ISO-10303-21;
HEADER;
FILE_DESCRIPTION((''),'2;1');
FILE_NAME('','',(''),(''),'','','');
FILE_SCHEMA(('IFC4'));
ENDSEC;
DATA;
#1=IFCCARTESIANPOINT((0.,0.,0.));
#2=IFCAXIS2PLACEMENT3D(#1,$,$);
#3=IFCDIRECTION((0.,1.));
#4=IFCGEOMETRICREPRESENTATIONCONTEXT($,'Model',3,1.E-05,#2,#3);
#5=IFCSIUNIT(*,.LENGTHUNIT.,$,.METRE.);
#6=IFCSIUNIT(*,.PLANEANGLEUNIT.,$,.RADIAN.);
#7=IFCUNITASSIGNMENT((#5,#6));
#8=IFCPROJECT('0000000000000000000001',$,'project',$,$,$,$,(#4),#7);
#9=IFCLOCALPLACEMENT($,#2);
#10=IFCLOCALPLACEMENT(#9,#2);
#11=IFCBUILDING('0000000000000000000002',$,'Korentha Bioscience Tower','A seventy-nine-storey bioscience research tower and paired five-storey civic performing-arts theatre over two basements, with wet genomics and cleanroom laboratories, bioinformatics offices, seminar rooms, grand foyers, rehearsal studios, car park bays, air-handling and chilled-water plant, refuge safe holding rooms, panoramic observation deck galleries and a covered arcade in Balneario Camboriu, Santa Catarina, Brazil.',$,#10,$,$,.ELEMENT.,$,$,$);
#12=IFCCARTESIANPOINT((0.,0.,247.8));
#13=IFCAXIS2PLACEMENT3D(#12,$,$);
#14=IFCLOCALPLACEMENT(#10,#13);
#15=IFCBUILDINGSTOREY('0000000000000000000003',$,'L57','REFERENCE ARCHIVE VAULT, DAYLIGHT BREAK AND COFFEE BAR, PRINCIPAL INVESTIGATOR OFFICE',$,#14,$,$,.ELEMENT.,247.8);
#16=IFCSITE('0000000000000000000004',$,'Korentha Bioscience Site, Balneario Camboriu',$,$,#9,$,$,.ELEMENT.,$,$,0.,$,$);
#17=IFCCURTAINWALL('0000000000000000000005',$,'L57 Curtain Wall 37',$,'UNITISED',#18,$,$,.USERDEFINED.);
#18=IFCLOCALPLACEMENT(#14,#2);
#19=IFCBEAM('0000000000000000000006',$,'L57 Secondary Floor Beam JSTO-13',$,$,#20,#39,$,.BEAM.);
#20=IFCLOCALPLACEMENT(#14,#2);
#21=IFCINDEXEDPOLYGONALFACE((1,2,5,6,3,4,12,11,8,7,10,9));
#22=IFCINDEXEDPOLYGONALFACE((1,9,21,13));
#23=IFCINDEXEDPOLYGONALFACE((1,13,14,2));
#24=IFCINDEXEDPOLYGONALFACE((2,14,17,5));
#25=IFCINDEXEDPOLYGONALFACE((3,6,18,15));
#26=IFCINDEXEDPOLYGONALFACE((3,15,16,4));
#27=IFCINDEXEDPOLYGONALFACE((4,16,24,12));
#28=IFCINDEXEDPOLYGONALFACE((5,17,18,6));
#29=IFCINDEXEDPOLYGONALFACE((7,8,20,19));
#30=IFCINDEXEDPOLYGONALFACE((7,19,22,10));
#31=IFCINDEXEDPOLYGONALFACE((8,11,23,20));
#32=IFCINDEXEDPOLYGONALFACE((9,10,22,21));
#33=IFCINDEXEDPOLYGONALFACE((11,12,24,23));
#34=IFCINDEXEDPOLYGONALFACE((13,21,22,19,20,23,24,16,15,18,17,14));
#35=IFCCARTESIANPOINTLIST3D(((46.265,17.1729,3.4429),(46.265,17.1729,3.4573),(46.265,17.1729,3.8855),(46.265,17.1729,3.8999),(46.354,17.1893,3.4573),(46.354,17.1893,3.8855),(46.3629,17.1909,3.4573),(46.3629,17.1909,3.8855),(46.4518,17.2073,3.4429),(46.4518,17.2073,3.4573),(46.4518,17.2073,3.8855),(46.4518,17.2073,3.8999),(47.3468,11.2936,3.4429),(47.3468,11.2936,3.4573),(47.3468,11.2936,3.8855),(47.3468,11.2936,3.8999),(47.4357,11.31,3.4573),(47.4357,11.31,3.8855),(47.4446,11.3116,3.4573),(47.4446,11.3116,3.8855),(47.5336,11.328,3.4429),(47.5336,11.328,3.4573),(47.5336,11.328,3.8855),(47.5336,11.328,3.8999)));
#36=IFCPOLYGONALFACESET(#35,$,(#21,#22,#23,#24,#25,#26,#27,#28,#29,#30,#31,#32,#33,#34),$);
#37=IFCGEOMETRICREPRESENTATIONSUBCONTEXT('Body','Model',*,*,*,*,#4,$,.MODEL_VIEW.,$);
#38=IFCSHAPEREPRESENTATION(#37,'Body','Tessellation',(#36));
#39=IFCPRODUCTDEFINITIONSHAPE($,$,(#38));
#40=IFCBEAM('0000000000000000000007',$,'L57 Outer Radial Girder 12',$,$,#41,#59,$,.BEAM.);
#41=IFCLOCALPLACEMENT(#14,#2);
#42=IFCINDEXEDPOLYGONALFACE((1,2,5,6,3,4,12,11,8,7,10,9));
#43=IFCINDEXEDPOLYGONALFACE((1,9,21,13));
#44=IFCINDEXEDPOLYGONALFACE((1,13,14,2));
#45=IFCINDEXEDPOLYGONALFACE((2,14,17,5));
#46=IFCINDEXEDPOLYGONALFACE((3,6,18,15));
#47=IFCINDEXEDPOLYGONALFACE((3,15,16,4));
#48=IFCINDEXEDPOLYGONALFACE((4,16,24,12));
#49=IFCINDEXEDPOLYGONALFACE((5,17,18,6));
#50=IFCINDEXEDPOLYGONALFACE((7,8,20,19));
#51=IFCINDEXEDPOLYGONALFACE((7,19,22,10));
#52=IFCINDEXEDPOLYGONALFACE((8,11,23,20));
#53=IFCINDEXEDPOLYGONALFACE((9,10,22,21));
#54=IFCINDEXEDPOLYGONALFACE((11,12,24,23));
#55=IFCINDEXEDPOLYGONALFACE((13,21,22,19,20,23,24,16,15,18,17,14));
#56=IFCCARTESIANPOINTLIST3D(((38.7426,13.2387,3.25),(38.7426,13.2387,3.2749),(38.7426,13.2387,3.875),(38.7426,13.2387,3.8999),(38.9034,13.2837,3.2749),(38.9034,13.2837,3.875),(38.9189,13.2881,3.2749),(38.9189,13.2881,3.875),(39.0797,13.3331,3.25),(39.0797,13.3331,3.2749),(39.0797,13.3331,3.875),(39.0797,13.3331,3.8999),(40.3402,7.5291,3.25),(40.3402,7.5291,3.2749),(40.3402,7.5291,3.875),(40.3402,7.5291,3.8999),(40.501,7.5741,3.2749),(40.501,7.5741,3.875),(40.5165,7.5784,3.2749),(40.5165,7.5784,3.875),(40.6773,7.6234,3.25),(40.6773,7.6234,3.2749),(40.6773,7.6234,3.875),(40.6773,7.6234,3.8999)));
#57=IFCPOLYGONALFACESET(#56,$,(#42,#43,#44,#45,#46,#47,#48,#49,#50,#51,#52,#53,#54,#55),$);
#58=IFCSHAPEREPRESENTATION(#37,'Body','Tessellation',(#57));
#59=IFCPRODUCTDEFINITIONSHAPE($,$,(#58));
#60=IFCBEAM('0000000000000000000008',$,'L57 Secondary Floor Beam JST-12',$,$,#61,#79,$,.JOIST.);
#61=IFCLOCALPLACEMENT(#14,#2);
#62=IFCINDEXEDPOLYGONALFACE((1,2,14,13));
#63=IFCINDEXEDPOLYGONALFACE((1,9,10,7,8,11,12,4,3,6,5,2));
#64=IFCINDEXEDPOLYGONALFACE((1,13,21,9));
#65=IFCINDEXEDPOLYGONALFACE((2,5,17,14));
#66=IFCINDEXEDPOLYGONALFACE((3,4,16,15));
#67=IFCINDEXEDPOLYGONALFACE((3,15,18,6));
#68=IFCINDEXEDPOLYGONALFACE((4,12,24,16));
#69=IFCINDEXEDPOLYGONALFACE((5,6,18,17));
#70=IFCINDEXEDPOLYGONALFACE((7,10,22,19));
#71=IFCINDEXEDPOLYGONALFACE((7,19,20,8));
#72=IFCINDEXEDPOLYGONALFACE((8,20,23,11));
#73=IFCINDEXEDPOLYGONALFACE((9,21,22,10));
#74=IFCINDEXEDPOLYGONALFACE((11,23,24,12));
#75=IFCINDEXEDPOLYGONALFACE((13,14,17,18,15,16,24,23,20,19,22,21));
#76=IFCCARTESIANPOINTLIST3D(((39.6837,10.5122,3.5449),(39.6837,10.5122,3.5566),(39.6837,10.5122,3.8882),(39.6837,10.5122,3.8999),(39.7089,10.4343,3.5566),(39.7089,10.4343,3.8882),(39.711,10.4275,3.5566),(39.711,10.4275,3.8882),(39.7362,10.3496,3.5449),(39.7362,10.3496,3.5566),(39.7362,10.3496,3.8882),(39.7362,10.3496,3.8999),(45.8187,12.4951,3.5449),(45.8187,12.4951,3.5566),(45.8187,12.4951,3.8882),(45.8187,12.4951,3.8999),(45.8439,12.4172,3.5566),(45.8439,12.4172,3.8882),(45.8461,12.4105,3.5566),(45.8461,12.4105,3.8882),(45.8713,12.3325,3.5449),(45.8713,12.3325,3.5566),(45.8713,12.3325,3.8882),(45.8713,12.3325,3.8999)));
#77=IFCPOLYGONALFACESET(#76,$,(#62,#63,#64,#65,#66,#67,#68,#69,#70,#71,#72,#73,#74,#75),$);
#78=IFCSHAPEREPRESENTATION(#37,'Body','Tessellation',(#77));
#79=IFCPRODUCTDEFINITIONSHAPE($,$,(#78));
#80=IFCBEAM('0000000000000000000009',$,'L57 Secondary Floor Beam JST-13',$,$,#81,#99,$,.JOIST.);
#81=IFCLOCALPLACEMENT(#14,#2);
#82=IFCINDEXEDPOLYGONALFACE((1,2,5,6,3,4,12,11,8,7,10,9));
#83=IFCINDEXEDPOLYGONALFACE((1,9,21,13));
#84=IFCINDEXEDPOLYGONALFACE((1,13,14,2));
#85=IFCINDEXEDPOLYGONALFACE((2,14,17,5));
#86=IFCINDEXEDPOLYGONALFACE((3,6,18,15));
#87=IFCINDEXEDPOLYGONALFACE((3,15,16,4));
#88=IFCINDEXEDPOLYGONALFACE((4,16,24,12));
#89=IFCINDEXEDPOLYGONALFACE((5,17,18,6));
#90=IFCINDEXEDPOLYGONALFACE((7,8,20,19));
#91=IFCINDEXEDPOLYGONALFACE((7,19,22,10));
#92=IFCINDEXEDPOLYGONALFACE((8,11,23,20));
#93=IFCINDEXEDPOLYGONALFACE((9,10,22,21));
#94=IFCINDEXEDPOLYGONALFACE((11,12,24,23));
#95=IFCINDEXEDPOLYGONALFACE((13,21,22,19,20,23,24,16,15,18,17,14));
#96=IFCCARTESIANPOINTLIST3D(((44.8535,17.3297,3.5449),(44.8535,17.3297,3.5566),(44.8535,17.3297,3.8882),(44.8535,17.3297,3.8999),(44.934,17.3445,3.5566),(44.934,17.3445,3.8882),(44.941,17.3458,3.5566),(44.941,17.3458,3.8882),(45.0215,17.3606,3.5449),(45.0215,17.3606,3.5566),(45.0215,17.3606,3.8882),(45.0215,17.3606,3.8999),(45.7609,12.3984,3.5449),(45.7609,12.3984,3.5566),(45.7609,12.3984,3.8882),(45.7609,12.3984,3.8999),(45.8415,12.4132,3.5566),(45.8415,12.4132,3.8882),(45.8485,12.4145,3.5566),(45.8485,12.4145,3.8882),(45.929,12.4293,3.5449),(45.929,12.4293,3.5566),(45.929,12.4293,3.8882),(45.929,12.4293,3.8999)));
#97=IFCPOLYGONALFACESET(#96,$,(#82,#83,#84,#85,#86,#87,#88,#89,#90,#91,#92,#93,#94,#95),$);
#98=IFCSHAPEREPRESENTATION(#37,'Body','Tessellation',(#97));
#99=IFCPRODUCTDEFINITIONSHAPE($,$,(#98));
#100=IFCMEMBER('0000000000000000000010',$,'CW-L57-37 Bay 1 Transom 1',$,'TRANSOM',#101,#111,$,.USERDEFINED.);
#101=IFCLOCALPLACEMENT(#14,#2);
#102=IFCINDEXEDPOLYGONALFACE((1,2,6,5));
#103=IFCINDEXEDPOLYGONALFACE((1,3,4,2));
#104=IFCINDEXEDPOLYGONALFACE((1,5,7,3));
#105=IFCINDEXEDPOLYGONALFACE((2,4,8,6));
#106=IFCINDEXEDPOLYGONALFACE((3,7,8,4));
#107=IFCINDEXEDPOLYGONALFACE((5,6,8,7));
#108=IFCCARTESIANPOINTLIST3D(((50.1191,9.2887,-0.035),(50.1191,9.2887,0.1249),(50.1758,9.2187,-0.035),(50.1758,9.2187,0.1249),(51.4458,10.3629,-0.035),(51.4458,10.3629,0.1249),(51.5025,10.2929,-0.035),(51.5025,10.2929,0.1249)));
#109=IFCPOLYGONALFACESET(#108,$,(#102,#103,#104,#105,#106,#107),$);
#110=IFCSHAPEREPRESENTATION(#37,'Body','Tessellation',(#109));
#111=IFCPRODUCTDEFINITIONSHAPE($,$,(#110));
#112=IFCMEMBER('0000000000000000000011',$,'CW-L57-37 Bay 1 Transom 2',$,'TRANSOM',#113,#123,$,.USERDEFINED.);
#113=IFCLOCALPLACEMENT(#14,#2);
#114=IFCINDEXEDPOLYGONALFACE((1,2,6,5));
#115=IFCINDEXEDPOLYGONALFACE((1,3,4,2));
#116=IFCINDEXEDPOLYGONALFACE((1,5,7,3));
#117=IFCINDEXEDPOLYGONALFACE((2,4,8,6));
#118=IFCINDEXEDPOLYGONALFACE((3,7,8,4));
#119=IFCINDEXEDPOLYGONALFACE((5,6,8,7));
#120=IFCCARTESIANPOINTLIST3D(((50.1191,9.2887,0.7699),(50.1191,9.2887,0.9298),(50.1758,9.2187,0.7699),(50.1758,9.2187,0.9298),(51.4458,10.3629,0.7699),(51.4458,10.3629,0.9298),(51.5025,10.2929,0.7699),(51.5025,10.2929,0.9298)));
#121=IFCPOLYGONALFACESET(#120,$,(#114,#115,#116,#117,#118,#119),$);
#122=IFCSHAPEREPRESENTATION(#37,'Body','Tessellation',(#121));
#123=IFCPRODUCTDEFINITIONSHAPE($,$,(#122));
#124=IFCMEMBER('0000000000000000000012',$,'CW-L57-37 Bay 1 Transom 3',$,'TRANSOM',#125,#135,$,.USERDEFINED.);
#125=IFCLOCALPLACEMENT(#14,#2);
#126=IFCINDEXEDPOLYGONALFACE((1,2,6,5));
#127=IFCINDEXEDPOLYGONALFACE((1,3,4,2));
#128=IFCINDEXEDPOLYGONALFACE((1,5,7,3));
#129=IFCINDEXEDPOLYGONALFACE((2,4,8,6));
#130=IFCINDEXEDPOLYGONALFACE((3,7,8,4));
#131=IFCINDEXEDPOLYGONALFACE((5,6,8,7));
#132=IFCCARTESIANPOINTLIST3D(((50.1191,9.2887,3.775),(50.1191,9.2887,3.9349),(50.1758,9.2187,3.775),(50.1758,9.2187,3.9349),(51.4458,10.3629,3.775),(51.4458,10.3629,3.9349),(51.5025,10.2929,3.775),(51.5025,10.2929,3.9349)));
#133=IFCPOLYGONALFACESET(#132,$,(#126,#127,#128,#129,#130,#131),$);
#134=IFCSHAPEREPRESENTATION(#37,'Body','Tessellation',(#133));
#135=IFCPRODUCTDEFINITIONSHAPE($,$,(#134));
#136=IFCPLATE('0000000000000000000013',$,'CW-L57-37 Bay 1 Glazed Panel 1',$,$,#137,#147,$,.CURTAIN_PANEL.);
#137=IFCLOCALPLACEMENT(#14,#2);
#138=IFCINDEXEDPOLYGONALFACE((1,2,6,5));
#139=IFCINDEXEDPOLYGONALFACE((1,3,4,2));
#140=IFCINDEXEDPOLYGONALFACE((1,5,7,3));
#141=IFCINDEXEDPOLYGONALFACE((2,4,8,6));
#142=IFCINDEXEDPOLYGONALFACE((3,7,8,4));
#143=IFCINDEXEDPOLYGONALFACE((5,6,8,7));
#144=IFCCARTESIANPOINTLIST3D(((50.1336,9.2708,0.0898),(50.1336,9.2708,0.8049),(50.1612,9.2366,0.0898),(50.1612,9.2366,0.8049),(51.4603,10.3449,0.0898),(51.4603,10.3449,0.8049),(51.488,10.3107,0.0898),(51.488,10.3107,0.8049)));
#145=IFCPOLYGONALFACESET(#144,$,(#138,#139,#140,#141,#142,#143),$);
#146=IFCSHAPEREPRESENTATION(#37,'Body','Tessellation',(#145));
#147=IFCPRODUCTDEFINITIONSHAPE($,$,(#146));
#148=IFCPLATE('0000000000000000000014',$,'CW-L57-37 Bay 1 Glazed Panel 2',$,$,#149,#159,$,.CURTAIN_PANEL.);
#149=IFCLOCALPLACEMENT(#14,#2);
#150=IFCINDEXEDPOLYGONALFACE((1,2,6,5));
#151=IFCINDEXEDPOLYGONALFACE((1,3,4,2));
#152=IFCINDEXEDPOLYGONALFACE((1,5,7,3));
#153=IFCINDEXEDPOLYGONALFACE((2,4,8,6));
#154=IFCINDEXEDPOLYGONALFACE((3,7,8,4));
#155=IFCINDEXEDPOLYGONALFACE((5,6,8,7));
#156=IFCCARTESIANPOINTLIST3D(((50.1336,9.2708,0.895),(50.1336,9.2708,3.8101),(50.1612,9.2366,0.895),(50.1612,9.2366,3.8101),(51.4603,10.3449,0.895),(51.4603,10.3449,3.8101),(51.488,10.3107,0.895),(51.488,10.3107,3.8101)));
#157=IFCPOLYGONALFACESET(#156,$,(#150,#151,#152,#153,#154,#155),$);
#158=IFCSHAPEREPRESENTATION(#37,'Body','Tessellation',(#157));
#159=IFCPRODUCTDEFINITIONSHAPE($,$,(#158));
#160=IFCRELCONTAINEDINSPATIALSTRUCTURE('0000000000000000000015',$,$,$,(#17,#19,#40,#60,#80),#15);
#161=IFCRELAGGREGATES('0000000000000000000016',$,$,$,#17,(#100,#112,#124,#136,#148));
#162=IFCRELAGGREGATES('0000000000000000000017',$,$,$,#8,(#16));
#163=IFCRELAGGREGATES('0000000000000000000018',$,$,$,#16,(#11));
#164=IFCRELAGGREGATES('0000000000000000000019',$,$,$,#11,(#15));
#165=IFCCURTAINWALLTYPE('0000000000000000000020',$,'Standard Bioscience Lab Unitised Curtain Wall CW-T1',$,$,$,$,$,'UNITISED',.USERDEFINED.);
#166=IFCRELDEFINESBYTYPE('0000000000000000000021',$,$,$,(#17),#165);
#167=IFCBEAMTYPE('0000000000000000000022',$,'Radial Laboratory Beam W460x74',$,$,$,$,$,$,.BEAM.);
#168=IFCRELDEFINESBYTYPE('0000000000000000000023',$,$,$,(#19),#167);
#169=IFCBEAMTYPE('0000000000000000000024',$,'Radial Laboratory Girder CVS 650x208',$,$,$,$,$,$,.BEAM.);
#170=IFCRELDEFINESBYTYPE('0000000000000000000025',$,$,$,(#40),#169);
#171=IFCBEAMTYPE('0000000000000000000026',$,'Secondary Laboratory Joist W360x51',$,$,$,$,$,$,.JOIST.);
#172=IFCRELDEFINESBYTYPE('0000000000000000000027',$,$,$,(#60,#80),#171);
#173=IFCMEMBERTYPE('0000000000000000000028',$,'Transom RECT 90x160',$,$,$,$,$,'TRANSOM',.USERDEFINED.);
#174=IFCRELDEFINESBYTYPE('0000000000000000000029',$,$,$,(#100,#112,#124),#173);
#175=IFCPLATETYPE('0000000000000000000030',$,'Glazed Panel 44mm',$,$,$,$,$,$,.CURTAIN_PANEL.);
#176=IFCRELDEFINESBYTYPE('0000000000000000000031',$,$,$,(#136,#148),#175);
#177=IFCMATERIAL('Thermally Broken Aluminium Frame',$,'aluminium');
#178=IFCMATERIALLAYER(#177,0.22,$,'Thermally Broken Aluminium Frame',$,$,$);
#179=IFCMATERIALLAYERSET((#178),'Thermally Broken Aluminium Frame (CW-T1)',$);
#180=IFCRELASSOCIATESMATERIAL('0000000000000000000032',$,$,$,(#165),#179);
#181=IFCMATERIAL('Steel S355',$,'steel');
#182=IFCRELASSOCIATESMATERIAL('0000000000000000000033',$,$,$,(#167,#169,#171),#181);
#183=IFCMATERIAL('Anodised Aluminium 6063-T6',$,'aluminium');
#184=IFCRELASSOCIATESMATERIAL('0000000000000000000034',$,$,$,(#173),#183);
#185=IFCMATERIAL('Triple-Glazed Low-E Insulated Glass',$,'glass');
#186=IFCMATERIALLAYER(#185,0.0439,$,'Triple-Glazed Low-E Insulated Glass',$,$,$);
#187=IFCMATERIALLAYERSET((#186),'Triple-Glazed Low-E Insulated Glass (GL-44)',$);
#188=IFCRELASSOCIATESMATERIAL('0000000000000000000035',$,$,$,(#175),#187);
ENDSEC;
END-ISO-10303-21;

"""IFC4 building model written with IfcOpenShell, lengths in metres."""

from ifc_helpers import new_model, si_unit, direction, frame, origin, origin_2d, place, context, subcontext, project, spatial, rectangle, i_section, extrude, material, layer, layer_set, material_profile, profile_set, type_object, element, aggregate, save


model = new_model("IFC4")

# Units and contexts
model_context = context("Model", 3, precision=1e-05, world=origin(), true_north=direction((0.0, 1.0)))
body_context = subcontext(model_context, "Body", "Model", "MODEL_VIEW")
ifc_project = project(units=[si_unit("LENGTHUNIT", "METRE"), si_unit("PLANEANGLEUNIT", "RADIAN")], contexts=[model_context])

# Site, building, storey
site_placement = place(None, origin())
site = spatial("IfcSite", under=ifc_project, at=site_placement, Name="Korentha Bioscience Site, Balneario Camboriu", CompositionType="ELEMENT", RefElevation=0.0)
building_placement = place(site_placement, origin())
building = spatial("IfcBuilding", under=site, at=building_placement, Name="Korentha Bioscience Tower", Description="A seventy-nine-storey bioscience research tower and paired five-storey civic performing-arts theatre over two basements, with wet genomics and cleanroom laboratories, bioinformatics offices, seminar rooms, grand foyers, rehearsal studios, car park bays, air-handling and chilled-water plant, refuge safe holding rooms, panoramic observation deck galleries and a covered arcade in Balneario Camboriu, Santa Catarina, Brazil.", CompositionType="ELEMENT")
storey_placement = place(building_placement, frame((0.0, 0.0, 247.8)))
storey = spatial("IfcBuildingStorey", under=building, at=storey_placement, Name="L57", Description="REFERENCE ARCHIVE VAULT, DAYLIGHT BREAK AND COFFEE BAR, PRINCIPAL INVESTIGATOR OFFICE", CompositionType="ELEMENT", Elevation=247.8)

# Shared definitions
ifc_material_1 = material(Name="Steel S355", Category="steel")

# Curtain wall
ifc_material_2 = material(Name="Thermally Broken Aluminium Frame", Category="aluminium")
ifc_layer_1 = layer(ifc_material_2, 0.22, Name="Thermally Broken Aluminium Frame")
ifc_layer_set_1 = layer_set([ifc_layer_1], Name="Thermally Broken Aluminium Frame (CW-T1)")
curtain_wall_type = type_object("IfcCurtainWallType", Name="Standard Bioscience Lab Unitised Curtain Wall CW-T1", ElementType="UNITISED", PredefinedType="USERDEFINED", material=ifc_layer_set_1)
curtain_wall_placement = place(storey_placement, origin())
curtain_wall = element("IfcCurtainWall", 1, at=curtain_wall_placement, inside=storey, type_object=curtain_wall_type, Name="L57 Curtain Wall 37", ObjectType="UNITISED", PredefinedType="USERDEFINED")
ifc_material_3 = material(Name="Anodised Aluminium 6063-T6", Category="aluminium")

# Beams
ifc_material_profile_1 = material_profile(ifc_material_1, i_section(OverallWidth=0.1899, OverallDepth=0.457, WebThickness=0.009, FlangeThickness=0.0144, at=origin_2d()), Name="Steel S355")
ifc_profile_set_1 = profile_set([ifc_material_profile_1], Name="Steel S355 (RB-460)")
beam_type_1 = type_object("IfcBeamType", Name="Radial Laboratory Beam W460x74", PredefinedType="BEAM", material=ifc_profile_set_1)
beam_1_placement = place(storey_placement, frame((47.4402, 11.3108, 3.6714), z_axis=(-0.180959, 0.983491, 0.0), x_axis=(-0.983491, -0.180959, 0.0)))
element("IfcBeam", 2, at=beam_1_placement, inside=storey, type_object=beam_type_1, Name="L57 Secondary Floor Beam JSTO-13", PredefinedType="BEAM", context=body_context, shape_type="SweptSolid", body=[
    extrude(i_section(OverallWidth=0.1899, OverallDepth=0.457, WebThickness=0.009, FlangeThickness=0.0144, at=origin_2d()), origin(), (0.0, 0.0, 1.0), 5.978),
])
ifc_material_profile_2 = material_profile(ifc_material_1, i_section(OverallWidth=0.3501, OverallDepth=0.6499, WebThickness=0.0161, FlangeThickness=0.0249, at=origin_2d()), Name="Steel S355")
ifc_profile_set_2 = profile_set([ifc_material_profile_2], Name="Steel S355 (RB-650)")
beam_type_2 = type_object("IfcBeamType", Name="Radial Laboratory Girder CVS 650x208", PredefinedType="BEAM", material=ifc_profile_set_2)
beam_2_placement = place(storey_placement, frame((38.9111, 13.2859, 3.575), z_axis=(0.269463, -0.963011, 0.0), x_axis=(0.963011, 0.269463, 0.0)))
element("IfcBeam", 3, at=beam_2_placement, inside=storey, type_object=beam_type_2, Name="L57 Outer Radial Girder 12", PredefinedType="BEAM", context=body_context, shape_type="SweptSolid", body=[
    extrude(i_section(OverallWidth=0.3501, OverallDepth=0.6499, WebThickness=0.0161, FlangeThickness=0.0249, at=origin_2d()), origin(), (0.0, 0.0, 1.0), 5.929),
])
ifc_material_profile_3 = material_profile(ifc_material_1, i_section(OverallWidth=0.1709, OverallDepth=0.355, WebThickness=0.0071, FlangeThickness=0.0117, at=origin_2d()), Name="Steel S355")
ifc_profile_set_3 = profile_set([ifc_material_profile_3], Name="Steel S355 (JB-360)")
beam_type_3 = type_object("IfcBeamType", Name="Secondary Laboratory Joist W360x51", PredefinedType="JOIST", material=ifc_profile_set_3)
beam_3_placement = place(storey_placement, frame((39.71, 10.4309, 3.7224), z_axis=(0.951533, 0.307547, 0.0), x_axis=(-0.307547, 0.951533, 0.0)))
element("IfcBeam", 4, at=beam_3_placement, inside=storey, type_object=beam_type_3, Name="L57 Secondary Floor Beam JST-12", PredefinedType="JOIST", context=body_context, shape_type="SweptSolid", body=[
    extrude(i_section(OverallWidth=0.1709, OverallDepth=0.355, WebThickness=0.0071, FlangeThickness=0.0117, at=origin_2d()), origin(), (0.0, 0.0, 1.0), 6.4475),
])
beam_4_placement = place(storey_placement, frame((45.845, 12.4138, 3.7224), z_axis=(-0.18098, 0.983487, 0.0), x_axis=(-0.983487, -0.18098, 0.0)))
element("IfcBeam", 5, at=beam_4_placement, inside=storey, type_object=beam_type_3, Name="L57 Secondary Floor Beam JST-13", PredefinedType="JOIST", context=body_context, shape_type="SweptSolid", body=[
    extrude(i_section(OverallWidth=0.1709, OverallDepth=0.355, WebThickness=0.0071, FlangeThickness=0.0117, at=origin_2d()), origin(), (0.0, 0.0, 1.0), 5.0142),
])

# Members
ifc_material_profile_4 = material_profile(ifc_material_3, rectangle(XDim=0.0901, YDim=0.1599, at=origin_2d()), Name="Anodised Aluminium 6063-T6")
ifc_profile_set_4 = profile_set([ifc_material_profile_4], Name="Anodised Aluminium 6063-T6 (CW-TRN)")
member_type_1 = type_object("IfcMemberType", Name="Transom RECT 90x160", ElementType="TRANSOM", PredefinedType="USERDEFINED", material=ifc_profile_set_4)
member_1_placement = place(storey_placement, frame((50.1475, 9.2537, 0.0449), z_axis=(0.777172, 0.629289, 0.0), x_axis=(-0.629289, 0.777172, 0.0)))
member_1 = element("IfcMember", 6, at=member_1_placement, type_object=member_type_1, Name="CW-L57-37 Bay 1 Transom 1", ObjectType="TRANSOM", PredefinedType="USERDEFINED", context=body_context, shape_type="SweptSolid", body=[
    extrude(rectangle(XDim=0.0901, YDim=0.1599, at=origin_2d()), origin(), (0.0, 0.0, 1.0), 1.707),
])
member_2_placement = place(storey_placement, frame((50.1475, 9.2537, 0.8499), z_axis=(0.777172, 0.629289, 0.0), x_axis=(-0.629289, 0.777172, 0.0)))
member_2 = element("IfcMember", 7, at=member_2_placement, type_object=member_type_1, Name="CW-L57-37 Bay 1 Transom 2", ObjectType="TRANSOM", PredefinedType="USERDEFINED", context=body_context, shape_type="SweptSolid", body=[
    extrude(rectangle(XDim=0.0901, YDim=0.1599, at=origin_2d()), origin(), (0.0, 0.0, 1.0), 1.707),
])
member_3_placement = place(storey_placement, frame((50.1475, 9.2537, 3.855), z_axis=(0.777172, 0.629289, 0.0), x_axis=(-0.629289, 0.777172, 0.0)))
member_3 = element("IfcMember", 8, at=member_3_placement, type_object=member_type_1, Name="CW-L57-37 Bay 1 Transom 3", ObjectType="TRANSOM", PredefinedType="USERDEFINED", context=body_context, shape_type="SweptSolid", body=[
    extrude(rectangle(XDim=0.0901, YDim=0.1599, at=origin_2d()), origin(), (0.0, 0.0, 1.0), 1.707),
])

# Plates
ifc_material_4 = material(Name="Triple-Glazed Low-E Insulated Glass", Category="glass")
ifc_layer_2 = layer(ifc_material_4, 0.0439, Name="Triple-Glazed Low-E Insulated Glass")
ifc_layer_set_2 = layer_set([ifc_layer_2], Name="Triple-Glazed Low-E Insulated Glass (GL-44)")
plate_type = type_object("IfcPlateType", Name="Glazed Panel 44mm", PredefinedType="CURTAIN_PANEL", material=ifc_layer_set_2)
plate_1_placement = place(storey_placement, frame((50.8108, 9.7908, 0.0898), z_axis=(0.0, 0.0, 1.0), x_axis=(0.777226, 0.629221, 0.0)))
plate_1 = element("IfcPlate", 9, at=plate_1_placement, type_object=plate_type, Name="CW-L57-37 Bay 1 Glazed Panel 1", PredefinedType="CURTAIN_PANEL", context=body_context, shape_type="SweptSolid", body=[
    extrude(rectangle(XDim=1.707, YDim=0.0439, at=origin_2d()), origin(), (0.0, 0.0, 1.0), 0.7151),
])
plate_2_placement = place(storey_placement, frame((50.8108, 9.7908, 0.895), z_axis=(0.0, 0.0, 1.0), x_axis=(0.777226, 0.629221, 0.0)))
plate_2 = element("IfcPlate", 10, at=plate_2_placement, type_object=plate_type, Name="CW-L57-37 Bay 1 Glazed Panel 2", PredefinedType="CURTAIN_PANEL", context=body_context, shape_type="SweptSolid", body=[
    extrude(rectangle(XDim=1.707, YDim=0.0439, at=origin_2d()), origin(), (0.0, 0.0, 1.0), 2.915),
])
aggregate(curtain_wall, [member_1, member_2, member_3, plate_1, plate_2])

save(model, "model.ifc")
